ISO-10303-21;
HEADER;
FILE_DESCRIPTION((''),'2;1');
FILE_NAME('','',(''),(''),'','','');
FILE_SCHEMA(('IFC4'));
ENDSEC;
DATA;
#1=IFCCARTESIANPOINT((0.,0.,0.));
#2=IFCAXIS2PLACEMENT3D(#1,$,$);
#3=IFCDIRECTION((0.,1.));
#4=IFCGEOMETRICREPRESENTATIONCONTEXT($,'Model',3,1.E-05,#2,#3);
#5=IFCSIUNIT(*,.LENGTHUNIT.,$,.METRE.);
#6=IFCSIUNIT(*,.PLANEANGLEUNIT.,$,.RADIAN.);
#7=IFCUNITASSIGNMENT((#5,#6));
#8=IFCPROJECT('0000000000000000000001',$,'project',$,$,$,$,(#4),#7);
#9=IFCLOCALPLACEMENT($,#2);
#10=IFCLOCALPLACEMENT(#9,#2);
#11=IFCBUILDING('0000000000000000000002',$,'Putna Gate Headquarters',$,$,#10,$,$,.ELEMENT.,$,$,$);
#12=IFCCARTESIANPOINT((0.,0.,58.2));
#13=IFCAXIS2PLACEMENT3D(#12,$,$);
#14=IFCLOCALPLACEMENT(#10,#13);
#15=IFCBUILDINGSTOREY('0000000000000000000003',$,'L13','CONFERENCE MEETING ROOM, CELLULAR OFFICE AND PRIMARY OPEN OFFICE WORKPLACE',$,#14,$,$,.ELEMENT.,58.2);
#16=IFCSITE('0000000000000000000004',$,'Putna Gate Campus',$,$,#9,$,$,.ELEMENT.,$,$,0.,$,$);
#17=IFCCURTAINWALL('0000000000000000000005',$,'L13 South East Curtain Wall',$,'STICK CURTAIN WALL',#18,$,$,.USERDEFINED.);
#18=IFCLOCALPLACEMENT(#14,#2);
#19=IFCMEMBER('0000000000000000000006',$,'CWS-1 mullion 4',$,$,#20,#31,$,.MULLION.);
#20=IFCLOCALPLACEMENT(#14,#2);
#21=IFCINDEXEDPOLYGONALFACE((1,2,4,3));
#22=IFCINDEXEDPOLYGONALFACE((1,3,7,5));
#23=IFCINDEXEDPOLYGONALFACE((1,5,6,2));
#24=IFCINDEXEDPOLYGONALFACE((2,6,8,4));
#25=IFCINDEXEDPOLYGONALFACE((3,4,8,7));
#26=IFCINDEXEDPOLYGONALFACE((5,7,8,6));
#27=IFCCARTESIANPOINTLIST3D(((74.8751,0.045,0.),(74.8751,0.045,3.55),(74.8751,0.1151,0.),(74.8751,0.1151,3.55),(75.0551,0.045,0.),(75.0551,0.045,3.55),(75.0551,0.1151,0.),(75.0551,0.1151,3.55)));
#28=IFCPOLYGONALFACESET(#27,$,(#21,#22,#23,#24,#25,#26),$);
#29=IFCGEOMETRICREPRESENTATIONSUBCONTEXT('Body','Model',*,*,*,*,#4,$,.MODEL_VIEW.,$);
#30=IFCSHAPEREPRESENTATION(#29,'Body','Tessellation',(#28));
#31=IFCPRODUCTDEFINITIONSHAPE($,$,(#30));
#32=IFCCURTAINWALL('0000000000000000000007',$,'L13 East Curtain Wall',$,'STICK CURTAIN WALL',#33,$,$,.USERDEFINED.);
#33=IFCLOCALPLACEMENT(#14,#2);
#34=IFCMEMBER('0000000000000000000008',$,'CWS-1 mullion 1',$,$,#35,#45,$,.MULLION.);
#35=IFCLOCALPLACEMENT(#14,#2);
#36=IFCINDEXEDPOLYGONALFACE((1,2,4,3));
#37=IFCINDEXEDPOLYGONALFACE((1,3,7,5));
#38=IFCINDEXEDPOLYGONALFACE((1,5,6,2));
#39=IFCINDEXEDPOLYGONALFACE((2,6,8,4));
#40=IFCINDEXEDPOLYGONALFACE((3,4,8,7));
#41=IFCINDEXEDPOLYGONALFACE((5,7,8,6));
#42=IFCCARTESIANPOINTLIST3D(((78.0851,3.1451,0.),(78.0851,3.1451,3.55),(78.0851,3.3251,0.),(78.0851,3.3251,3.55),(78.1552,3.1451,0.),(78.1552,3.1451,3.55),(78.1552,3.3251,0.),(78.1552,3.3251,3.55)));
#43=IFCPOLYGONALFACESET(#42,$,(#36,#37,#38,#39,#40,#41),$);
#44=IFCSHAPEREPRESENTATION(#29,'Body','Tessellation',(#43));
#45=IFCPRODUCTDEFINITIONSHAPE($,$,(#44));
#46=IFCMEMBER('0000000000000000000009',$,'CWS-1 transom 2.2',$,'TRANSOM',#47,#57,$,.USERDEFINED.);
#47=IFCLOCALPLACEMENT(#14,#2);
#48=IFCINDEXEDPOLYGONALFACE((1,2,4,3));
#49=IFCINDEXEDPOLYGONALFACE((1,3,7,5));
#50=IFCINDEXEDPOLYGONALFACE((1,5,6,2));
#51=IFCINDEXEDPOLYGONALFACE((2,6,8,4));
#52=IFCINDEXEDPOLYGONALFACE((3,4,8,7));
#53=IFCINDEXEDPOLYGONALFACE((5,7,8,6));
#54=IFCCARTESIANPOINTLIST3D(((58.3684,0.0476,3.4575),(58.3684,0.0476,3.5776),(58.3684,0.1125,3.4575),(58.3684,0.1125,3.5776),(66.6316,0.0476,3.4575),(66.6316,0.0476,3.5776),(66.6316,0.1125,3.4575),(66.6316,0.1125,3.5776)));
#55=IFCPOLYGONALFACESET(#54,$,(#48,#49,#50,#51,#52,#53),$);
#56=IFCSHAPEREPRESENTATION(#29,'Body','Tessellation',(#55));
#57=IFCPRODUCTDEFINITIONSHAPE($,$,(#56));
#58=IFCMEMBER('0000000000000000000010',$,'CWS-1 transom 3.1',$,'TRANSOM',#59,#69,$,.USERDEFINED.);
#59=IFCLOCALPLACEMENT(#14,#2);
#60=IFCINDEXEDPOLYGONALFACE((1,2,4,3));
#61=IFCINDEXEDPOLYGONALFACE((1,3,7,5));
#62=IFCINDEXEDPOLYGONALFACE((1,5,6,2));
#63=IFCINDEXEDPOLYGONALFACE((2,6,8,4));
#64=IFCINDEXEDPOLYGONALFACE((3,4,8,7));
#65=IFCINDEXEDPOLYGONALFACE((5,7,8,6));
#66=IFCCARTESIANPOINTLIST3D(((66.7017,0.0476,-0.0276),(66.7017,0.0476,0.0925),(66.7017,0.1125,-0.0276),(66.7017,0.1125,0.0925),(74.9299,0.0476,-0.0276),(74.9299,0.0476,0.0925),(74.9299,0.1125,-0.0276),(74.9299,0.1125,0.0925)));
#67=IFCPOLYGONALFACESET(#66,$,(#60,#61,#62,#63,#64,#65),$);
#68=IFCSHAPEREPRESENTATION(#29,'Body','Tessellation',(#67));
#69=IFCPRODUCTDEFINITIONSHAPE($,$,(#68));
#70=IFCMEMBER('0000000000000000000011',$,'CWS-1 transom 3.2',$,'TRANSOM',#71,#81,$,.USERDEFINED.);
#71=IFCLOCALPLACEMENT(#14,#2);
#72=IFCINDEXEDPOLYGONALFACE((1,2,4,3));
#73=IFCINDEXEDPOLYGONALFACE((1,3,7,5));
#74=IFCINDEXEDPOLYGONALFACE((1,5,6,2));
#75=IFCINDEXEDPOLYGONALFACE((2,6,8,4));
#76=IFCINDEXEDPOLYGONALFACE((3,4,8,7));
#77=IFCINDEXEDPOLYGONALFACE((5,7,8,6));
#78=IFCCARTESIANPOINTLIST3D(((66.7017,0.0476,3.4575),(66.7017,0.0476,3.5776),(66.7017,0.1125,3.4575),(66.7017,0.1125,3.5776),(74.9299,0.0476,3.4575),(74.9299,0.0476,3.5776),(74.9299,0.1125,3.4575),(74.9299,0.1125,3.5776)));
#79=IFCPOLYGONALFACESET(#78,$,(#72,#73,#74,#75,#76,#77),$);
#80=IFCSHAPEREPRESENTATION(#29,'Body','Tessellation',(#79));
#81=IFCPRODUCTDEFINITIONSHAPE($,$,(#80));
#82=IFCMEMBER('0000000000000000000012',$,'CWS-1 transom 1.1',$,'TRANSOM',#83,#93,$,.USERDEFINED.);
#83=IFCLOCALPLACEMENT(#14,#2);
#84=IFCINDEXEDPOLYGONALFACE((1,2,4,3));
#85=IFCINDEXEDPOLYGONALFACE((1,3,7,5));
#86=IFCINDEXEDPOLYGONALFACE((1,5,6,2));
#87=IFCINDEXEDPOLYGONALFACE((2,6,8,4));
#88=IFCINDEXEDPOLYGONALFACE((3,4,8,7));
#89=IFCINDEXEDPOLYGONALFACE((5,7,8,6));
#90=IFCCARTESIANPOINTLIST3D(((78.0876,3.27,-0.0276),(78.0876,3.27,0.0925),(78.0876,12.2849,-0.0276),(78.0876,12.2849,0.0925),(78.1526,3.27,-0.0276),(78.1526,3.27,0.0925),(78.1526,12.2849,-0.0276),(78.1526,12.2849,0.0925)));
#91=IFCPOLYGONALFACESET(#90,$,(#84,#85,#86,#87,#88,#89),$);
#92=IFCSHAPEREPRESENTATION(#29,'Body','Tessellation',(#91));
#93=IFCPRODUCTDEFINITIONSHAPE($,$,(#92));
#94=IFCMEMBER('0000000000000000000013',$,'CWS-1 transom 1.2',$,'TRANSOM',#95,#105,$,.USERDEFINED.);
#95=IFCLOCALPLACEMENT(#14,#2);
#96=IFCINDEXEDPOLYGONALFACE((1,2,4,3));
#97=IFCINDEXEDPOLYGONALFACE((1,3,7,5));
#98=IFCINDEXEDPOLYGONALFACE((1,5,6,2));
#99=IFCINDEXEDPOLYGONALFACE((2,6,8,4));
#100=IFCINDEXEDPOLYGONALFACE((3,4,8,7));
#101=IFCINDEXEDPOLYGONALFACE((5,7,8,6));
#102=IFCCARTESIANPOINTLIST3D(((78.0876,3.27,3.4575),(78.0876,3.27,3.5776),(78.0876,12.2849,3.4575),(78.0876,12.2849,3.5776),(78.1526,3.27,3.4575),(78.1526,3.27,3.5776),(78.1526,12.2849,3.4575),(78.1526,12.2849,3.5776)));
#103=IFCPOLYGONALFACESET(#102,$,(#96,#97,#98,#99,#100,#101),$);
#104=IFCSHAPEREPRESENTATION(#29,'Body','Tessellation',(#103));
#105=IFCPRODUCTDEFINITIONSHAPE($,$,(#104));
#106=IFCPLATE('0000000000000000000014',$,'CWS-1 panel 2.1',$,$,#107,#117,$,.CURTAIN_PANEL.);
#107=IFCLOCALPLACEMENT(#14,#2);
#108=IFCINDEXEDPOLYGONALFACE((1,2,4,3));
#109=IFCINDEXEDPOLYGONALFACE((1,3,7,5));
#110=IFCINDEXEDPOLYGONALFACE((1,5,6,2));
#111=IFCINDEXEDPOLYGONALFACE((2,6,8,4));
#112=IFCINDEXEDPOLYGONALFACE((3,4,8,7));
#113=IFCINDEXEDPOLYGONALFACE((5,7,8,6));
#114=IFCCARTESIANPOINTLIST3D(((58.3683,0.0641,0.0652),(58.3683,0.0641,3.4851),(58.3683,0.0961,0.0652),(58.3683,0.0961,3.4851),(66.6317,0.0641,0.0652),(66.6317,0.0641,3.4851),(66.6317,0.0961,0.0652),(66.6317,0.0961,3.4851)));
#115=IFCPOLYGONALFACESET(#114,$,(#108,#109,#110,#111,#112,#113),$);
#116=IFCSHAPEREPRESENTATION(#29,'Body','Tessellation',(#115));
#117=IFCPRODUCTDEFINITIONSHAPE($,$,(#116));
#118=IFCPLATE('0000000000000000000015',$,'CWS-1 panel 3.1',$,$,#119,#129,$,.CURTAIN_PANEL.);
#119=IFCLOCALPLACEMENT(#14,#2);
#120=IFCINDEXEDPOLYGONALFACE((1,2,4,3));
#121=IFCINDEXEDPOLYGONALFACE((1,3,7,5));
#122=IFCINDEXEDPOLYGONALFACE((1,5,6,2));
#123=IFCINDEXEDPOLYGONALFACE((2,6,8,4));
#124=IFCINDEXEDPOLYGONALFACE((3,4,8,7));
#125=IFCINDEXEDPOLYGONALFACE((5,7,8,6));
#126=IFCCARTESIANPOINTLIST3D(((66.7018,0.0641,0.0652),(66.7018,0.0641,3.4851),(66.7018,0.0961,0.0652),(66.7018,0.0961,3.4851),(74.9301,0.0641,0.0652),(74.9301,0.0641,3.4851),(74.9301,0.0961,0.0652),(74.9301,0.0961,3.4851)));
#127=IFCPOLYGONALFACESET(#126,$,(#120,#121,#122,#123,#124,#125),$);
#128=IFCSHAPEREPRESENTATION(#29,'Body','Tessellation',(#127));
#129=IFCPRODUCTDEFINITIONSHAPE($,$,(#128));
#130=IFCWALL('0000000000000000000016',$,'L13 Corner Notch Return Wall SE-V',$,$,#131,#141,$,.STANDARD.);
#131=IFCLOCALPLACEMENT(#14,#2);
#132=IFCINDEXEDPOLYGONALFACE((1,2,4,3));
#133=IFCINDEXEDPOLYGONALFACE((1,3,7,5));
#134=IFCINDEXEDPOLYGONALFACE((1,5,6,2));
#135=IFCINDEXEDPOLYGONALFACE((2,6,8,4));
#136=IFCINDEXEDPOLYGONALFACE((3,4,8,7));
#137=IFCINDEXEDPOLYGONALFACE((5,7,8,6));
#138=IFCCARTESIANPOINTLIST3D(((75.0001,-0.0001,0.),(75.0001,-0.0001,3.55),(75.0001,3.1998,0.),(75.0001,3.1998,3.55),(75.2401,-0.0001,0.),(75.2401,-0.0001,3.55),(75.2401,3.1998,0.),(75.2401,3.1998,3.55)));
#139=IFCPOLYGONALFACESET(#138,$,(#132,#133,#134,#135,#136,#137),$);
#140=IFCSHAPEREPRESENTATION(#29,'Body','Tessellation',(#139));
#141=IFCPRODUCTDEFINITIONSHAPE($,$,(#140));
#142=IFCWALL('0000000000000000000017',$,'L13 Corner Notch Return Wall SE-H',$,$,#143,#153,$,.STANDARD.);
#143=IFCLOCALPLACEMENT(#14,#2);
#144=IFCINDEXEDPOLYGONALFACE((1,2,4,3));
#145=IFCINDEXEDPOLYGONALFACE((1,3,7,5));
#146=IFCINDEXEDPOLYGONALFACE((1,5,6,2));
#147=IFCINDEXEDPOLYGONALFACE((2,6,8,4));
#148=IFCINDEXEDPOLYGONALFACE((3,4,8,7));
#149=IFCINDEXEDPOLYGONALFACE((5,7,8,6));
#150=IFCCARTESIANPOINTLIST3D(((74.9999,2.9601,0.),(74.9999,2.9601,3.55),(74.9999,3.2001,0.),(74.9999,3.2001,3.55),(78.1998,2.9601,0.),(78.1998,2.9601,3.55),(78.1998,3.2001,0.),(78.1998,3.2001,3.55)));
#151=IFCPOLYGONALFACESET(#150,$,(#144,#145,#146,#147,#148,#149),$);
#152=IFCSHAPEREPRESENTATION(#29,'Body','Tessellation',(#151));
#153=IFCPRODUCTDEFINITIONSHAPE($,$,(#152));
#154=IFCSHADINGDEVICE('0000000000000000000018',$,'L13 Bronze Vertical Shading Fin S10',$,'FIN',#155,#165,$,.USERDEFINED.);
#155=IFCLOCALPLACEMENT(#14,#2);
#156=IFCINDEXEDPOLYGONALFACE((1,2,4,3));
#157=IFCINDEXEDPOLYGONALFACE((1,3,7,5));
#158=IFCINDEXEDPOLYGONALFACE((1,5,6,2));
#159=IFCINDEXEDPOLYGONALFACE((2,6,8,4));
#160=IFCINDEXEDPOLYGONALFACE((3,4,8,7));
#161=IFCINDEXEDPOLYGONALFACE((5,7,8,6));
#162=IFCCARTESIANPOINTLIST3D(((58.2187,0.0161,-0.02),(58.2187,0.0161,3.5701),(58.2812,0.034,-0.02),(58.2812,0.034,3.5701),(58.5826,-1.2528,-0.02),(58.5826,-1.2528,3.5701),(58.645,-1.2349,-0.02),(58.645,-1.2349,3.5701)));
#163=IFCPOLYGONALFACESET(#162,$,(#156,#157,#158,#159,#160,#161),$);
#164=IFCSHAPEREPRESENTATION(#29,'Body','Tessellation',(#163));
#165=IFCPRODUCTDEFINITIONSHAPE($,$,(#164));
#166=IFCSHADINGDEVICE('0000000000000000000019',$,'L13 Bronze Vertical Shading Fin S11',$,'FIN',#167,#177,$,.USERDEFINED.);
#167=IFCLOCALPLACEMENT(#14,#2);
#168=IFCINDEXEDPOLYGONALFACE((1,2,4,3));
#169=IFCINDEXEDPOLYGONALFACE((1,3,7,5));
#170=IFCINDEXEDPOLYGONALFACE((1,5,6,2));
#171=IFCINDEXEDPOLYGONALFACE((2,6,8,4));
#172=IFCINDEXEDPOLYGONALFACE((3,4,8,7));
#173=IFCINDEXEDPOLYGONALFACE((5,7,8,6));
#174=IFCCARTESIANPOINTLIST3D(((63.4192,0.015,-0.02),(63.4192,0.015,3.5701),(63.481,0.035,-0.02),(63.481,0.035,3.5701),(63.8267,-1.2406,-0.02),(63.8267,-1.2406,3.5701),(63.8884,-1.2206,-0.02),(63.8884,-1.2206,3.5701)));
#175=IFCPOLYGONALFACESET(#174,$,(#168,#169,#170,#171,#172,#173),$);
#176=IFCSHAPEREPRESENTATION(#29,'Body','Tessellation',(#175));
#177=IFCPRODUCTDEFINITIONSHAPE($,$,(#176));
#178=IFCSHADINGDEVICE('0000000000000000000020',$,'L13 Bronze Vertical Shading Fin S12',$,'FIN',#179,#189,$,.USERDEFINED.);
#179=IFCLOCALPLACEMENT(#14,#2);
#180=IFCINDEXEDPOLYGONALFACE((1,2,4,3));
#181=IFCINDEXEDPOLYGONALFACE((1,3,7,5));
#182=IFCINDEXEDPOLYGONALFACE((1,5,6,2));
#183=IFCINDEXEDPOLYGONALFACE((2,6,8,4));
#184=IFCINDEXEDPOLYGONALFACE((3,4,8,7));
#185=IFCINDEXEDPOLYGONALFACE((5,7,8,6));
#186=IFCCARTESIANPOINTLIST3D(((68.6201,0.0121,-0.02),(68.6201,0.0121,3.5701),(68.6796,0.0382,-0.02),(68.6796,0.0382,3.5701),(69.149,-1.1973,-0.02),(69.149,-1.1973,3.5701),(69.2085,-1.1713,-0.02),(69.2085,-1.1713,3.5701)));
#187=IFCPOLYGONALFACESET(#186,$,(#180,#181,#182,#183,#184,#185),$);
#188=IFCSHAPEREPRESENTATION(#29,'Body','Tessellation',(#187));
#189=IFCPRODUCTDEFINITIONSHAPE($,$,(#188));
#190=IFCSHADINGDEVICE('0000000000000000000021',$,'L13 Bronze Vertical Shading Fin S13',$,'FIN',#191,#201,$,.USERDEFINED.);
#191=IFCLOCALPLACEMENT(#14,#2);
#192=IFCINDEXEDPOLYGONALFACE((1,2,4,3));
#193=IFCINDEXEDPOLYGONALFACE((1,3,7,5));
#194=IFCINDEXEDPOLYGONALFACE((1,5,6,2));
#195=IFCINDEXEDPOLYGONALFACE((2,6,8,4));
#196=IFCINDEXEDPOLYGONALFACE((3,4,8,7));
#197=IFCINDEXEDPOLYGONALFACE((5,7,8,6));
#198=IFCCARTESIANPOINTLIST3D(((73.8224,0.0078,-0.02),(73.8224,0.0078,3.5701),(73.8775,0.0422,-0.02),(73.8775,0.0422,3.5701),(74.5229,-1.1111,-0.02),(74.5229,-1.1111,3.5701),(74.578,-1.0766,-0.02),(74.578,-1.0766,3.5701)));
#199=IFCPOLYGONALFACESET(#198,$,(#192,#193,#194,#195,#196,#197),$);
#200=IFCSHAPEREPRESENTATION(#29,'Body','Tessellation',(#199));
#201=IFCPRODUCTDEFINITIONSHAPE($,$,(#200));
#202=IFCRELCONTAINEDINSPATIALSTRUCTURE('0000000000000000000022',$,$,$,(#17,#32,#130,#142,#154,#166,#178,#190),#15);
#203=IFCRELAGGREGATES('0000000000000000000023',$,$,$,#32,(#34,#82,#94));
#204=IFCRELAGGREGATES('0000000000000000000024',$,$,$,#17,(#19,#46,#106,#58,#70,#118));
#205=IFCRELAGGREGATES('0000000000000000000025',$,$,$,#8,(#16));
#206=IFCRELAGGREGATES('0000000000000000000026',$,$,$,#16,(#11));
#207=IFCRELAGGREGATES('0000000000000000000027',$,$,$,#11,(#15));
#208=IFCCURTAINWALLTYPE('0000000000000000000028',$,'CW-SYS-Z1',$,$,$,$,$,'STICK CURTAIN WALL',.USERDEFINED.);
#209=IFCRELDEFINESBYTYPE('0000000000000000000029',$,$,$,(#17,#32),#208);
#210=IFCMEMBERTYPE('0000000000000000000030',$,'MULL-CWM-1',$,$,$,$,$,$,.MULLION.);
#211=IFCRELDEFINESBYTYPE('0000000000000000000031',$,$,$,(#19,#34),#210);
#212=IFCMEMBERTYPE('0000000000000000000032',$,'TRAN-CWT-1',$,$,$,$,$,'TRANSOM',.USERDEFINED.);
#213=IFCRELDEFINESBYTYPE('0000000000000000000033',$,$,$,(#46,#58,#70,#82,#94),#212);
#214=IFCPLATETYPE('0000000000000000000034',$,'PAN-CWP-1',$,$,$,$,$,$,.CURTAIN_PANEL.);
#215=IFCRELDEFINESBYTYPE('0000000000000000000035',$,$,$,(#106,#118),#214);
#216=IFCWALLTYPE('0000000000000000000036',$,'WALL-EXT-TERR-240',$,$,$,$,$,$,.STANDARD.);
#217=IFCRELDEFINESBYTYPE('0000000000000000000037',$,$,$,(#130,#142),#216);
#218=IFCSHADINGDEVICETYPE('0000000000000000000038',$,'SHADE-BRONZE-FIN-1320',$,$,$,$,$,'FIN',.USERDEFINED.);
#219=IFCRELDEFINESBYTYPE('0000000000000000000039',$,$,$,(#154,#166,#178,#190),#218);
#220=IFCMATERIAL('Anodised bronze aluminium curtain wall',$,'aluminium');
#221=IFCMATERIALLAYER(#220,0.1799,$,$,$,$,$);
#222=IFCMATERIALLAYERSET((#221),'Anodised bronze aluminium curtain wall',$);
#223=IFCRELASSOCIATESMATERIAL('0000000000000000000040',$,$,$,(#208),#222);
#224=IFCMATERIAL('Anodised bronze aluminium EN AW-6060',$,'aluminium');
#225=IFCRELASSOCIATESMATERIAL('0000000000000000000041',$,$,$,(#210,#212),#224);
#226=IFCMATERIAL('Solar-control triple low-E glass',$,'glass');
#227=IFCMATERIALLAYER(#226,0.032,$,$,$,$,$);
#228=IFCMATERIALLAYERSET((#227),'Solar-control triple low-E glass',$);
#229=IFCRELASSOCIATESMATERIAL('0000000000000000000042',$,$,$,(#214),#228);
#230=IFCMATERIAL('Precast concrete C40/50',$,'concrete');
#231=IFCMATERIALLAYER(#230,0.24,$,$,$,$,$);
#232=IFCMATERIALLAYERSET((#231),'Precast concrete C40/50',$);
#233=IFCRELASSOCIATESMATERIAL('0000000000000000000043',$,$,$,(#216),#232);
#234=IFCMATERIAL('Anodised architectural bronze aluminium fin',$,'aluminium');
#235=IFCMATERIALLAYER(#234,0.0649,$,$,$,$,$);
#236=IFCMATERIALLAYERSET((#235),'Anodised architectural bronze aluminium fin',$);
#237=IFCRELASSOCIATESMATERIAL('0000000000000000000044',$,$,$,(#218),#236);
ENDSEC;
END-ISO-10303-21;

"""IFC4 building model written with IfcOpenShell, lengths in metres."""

from ifc_helpers import new_model, si_unit, direction, frame, frame_2d, origin, origin_2d, place, context, subcontext, project, spatial, rectangle, extrude, material, layer, layer_set, material_profile, profile_set, type_object, element, aggregate, save


model = new_model("IFC4")

# Units and contexts
model_context = context("Model", 3, precision=1e-05, world=origin(), true_north=direction((0.0, 1.0)))
body_context = subcontext(model_context, "Body", "Model", "MODEL_VIEW")
ifc_project = project(units=[si_unit("LENGTHUNIT", "METRE"), si_unit("PLANEANGLEUNIT", "RADIAN")], contexts=[model_context])

# Site, building, storey
site_placement = place(None, origin())
site = spatial("IfcSite", under=ifc_project, at=site_placement, Name="Putna Gate Campus", CompositionType="ELEMENT", RefElevation=0.0)
building_placement = place(site_placement, origin())
building = spatial("IfcBuilding", under=site, at=building_placement, Name="Putna Gate Headquarters", CompositionType="ELEMENT")
storey_placement = place(building_placement, frame((0.0, 0.0, 58.2)))
storey = spatial("IfcBuildingStorey", under=building, at=storey_placement, Name="L13", Description="CONFERENCE MEETING ROOM, CELLULAR OFFICE AND PRIMARY OPEN OFFICE WORKPLACE", CompositionType="ELEMENT", Elevation=58.2)

# Curtain wall, member
ifc_material_1 = material(Name="Anodised bronze aluminium curtain wall", Category="aluminium")
ifc_layer_1 = layer(ifc_material_1, 0.1799)
ifc_layer_set_1 = layer_set([ifc_layer_1], Name="Anodised bronze aluminium curtain wall")
curtain_wall_type = type_object("IfcCurtainWallType", Name="CW-SYS-Z1", ElementType="STICK CURTAIN WALL", PredefinedType="USERDEFINED", material=ifc_layer_set_1)
curtain_wall_1_placement = place(storey_placement, origin())
curtain_wall_1 = element("IfcCurtainWall", 1, at=curtain_wall_1_placement, inside=storey, type_object=curtain_wall_type, Name="L13 South East Curtain Wall", ObjectType="STICK CURTAIN WALL", PredefinedType="USERDEFINED")
ifc_material_2 = material(Name="Anodised bronze aluminium EN AW-6060", Category="aluminium")
ifc_material_profile_1 = material_profile(ifc_material_2, rectangle(XDim=0.0701, YDim=0.1799, at=origin_2d()), Name="Anodised bronze aluminium EN AW-6060")
ifc_profile_set_1 = profile_set([ifc_material_profile_1], Name="Anodised bronze aluminium EN AW-6060")
member_type_1 = type_object("IfcMemberType", Name="MULL-CWM-1", PredefinedType="MULLION", material=ifc_profile_set_1)
member_1_placement = place(storey_placement, frame((74.9651, 0.0801, 0.0), z_axis=(0.0, 0.0, 1.0), x_axis=(0.0, 1.0, 0.0)))
member_1 = element("IfcMember", 2, at=member_1_placement, type_object=member_type_1, Name="CWS-1 mullion 4", PredefinedType="MULLION", context=body_context, shape_type="SweptSolid", body=[
    extrude(rectangle(XDim=0.0701, YDim=0.1799, at=origin_2d()), origin(), (0.0, 0.0, 1.0), 3.55),
])

# Curtain wall, member
curtain_wall_2_placement = place(storey_placement, origin())
curtain_wall_2 = element("IfcCurtainWall", 3, at=curtain_wall_2_placement, inside=storey, type_object=curtain_wall_type, Name="L13 East Curtain Wall", ObjectType="STICK CURTAIN WALL", PredefinedType="USERDEFINED")
member_2_placement = place(storey_placement, frame((78.1201, 3.2351, 0.0), z_axis=(0.0, 0.0, 1.0), x_axis=(-1.0, 0.0, 0.0)))
member_2 = element("IfcMember", 4, at=member_2_placement, type_object=member_type_1, Name="CWS-1 mullion 1", PredefinedType="MULLION", context=body_context, shape_type="SweptSolid", body=[
    extrude(rectangle(XDim=0.0701, YDim=0.1799, at=origin_2d()), origin(), (0.0, 0.0, 1.0), 3.55),
])

# Members
ifc_material_profile_2 = material_profile(ifc_material_2, rectangle(XDim=0.0649, YDim=0.1201, at=origin_2d()), Name="Anodised bronze aluminium EN AW-6060")
ifc_profile_set_2 = profile_set([ifc_material_profile_2], Name="Anodised bronze aluminium EN AW-6060")
member_type_2 = type_object("IfcMemberType", Name="TRAN-CWT-1", ElementType="TRANSOM", PredefinedType="USERDEFINED", material=ifc_profile_set_2)
member_3_placement = place(storey_placement, frame((58.3684, 0.0801, 3.5176), z_axis=(1.0, 0.0, 0.0), x_axis=(0.0, 1.0, 0.0)))
member_3 = element("IfcMember", 5, at=member_3_placement, type_object=member_type_2, Name="CWS-1 transom 2.2", ObjectType="TRANSOM", PredefinedType="USERDEFINED", context=body_context, shape_type="SweptSolid", body=[
    extrude(rectangle(XDim=0.0649, YDim=0.1201, at=origin_2d()), origin(), (0.0, 0.0, 1.0), 8.2632),
])
member_4_placement = place(storey_placement, frame((66.7017, 0.0801, 0.0325), z_axis=(1.0, 0.0, 0.0), x_axis=(0.0, 1.0, 0.0)))
member_4 = element("IfcMember", 6, at=member_4_placement, type_object=member_type_2, Name="CWS-1 transom 3.1", ObjectType="TRANSOM", PredefinedType="USERDEFINED", context=body_context, shape_type="SweptSolid", body=[
    extrude(rectangle(XDim=0.0649, YDim=0.1201, at=origin_2d()), origin(), (0.0, 0.0, 1.0), 8.2283),
])
member_5_placement = place(storey_placement, frame((66.7017, 0.0801, 3.5176), z_axis=(1.0, 0.0, 0.0), x_axis=(0.0, 1.0, 0.0)))
member_5 = element("IfcMember", 7, at=member_5_placement, type_object=member_type_2, Name="CWS-1 transom 3.2", ObjectType="TRANSOM", PredefinedType="USERDEFINED", context=body_context, shape_type="SweptSolid", body=[
    extrude(rectangle(XDim=0.0649, YDim=0.1201, at=origin_2d()), origin(), (0.0, 0.0, 1.0), 8.2283),
])
member_6_placement = place(storey_placement, frame((78.1201, 3.27, 0.0325), z_axis=(0.0, 1.0, 0.0), x_axis=(-1.0, 0.0, 0.0)))
member_6 = element("IfcMember", 8, at=member_6_placement, type_object=member_type_2, Name="CWS-1 transom 1.1", ObjectType="TRANSOM", PredefinedType="USERDEFINED", context=body_context, shape_type="SweptSolid", body=[
    extrude(rectangle(XDim=0.0649, YDim=0.1201, at=origin_2d()), origin(), (0.0, 0.0, 1.0), 9.0149),
])
member_7_placement = place(storey_placement, frame((78.1201, 3.27, 3.5176), z_axis=(0.0, 1.0, 0.0), x_axis=(-1.0, 0.0, 0.0)))
member_7 = element("IfcMember", 9, at=member_7_placement, type_object=member_type_2, Name="CWS-1 transom 1.2", ObjectType="TRANSOM", PredefinedType="USERDEFINED", context=body_context, shape_type="SweptSolid", body=[
    extrude(rectangle(XDim=0.0649, YDim=0.1201, at=origin_2d()), origin(), (0.0, 0.0, 1.0), 9.0149),
])
aggregate(curtain_wall_2, [member_2, member_6, member_7])

# Plates
ifc_material_3 = material(Name="Solar-control triple low-E glass", Category="glass")
ifc_layer_2 = layer(ifc_material_3, 0.032)
ifc_layer_set_2 = layer_set([ifc_layer_2], Name="Solar-control triple low-E glass")
plate_type = type_object("IfcPlateType", Name="PAN-CWP-1", PredefinedType="CURTAIN_PANEL", material=ifc_layer_set_2)
plate_1_placement = place(storey_placement, frame((62.5, 0.0801, 0.0652), z_axis=(0.0, 0.0, 1.0), x_axis=(1.0, 0.0, 0.0)))
plate_1 = element("IfcPlate", 10, at=plate_1_placement, type_object=plate_type, Name="CWS-1 panel 2.1", PredefinedType="CURTAIN_PANEL", context=body_context, shape_type="SweptSolid", body=[
    extrude(rectangle(XDim=8.2634, YDim=0.032, at=origin_2d()), origin(), (0.0, 0.0, 1.0), 3.4199),
])
plate_2_placement = place(storey_placement, frame((70.8159, 0.0801, 0.0652), z_axis=(0.0, 0.0, 1.0), x_axis=(1.0, 0.0, 0.0)))
plate_2 = element("IfcPlate", 11, at=plate_2_placement, type_object=plate_type, Name="CWS-1 panel 3.1", PredefinedType="CURTAIN_PANEL", context=body_context, shape_type="SweptSolid", body=[
    extrude(rectangle(XDim=8.2283, YDim=0.032, at=origin_2d()), origin(), (0.0, 0.0, 1.0), 3.4199),
])
aggregate(curtain_wall_1, [member_1, member_3, plate_1, member_4, member_5, plate_2])

# Walls
ifc_material_4 = material(Name="Precast concrete C40/50", Category="concrete")
ifc_layer_3 = layer(ifc_material_4, 0.24)
ifc_layer_set_3 = layer_set([ifc_layer_3], Name="Precast concrete C40/50")
wall_type = type_object("IfcWallType", Name="WALL-EXT-TERR-240", PredefinedType="STANDARD", material=ifc_layer_set_3)
for number, where, z_axis, x_axis, name in (
    (12, (75.1201, 3.2, 0.0), (0.0, 0.0, 1.0), (0.0, -1.0, 0.0), "L13 Corner Notch Return Wall SE-V"),
    (13, (78.2, 3.0801, 0.0), (0.0, 0.0, 1.0), (-1.0, 0.0, 0.0), "L13 Corner Notch Return Wall SE-H"),
):
    element("IfcWall", number, at=place(storey_placement, frame(where, z_axis=z_axis, x_axis=x_axis)), inside=storey, type_object=wall_type, Name=name, PredefinedType="STANDARD", context=body_context, shape_type="SweptSolid", body=[
        extrude(rectangle(XDim=3.2, YDim=0.24, at=frame_2d((1.6001, 0.0))), origin(), (0.0, 0.0, 1.0), 3.55),
    ])

# Shading devices
ifc_material_5 = material(Name="Anodised architectural bronze aluminium fin", Category="aluminium")
ifc_layer_4 = layer(ifc_material_5, 0.0649)
ifc_layer_set_4 = layer_set([ifc_layer_4], Name="Anodised architectural bronze aluminium fin")
shading_device_type = type_object("IfcShadingDeviceType", Name="SHADE-BRONZE-FIN-1320", ElementType="FIN", PredefinedType="USERDEFINED", material=ifc_layer_set_4)
for number, where, z_axis, x_axis, name in (
    (14, (58.4319, -0.6094, -0.02), (0.0, 0.0, 1.0), (0.275637, -0.961262, 0.0), "L13 Bronze Vertical Shading Fin S10"),
    (15, (63.6538, -0.6028, -0.02), (0.0, 0.0, 1.0), (0.308685, -0.951164, 0.0), "L13 Bronze Vertical Shading Fin S11"),
    (16, (68.9143, -0.5796, -0.02), (0.0, 0.0, 1.0), (0.400669, -0.916223, 0.0), "L13 Bronze Vertical Shading Fin S12"),
    (17, (74.2002, -0.5344, -0.02), (0.0, 0.0, 1.0), (0.530659, -0.847585, 0.0), "L13 Bronze Vertical Shading Fin S13"),
):
    element("IfcShadingDevice", number, at=place(storey_placement, frame(where, z_axis=z_axis, x_axis=x_axis)), inside=storey, type_object=shading_device_type, Name=name, ObjectType="FIN", PredefinedType="USERDEFINED", context=body_context, shape_type="SweptSolid", body=[
        extrude(rectangle(XDim=1.3201, YDim=0.0649, at=origin_2d()), origin(), (0.0, 0.0, 1.0), 3.5901),
    ])

save(model, "model.ifc")
